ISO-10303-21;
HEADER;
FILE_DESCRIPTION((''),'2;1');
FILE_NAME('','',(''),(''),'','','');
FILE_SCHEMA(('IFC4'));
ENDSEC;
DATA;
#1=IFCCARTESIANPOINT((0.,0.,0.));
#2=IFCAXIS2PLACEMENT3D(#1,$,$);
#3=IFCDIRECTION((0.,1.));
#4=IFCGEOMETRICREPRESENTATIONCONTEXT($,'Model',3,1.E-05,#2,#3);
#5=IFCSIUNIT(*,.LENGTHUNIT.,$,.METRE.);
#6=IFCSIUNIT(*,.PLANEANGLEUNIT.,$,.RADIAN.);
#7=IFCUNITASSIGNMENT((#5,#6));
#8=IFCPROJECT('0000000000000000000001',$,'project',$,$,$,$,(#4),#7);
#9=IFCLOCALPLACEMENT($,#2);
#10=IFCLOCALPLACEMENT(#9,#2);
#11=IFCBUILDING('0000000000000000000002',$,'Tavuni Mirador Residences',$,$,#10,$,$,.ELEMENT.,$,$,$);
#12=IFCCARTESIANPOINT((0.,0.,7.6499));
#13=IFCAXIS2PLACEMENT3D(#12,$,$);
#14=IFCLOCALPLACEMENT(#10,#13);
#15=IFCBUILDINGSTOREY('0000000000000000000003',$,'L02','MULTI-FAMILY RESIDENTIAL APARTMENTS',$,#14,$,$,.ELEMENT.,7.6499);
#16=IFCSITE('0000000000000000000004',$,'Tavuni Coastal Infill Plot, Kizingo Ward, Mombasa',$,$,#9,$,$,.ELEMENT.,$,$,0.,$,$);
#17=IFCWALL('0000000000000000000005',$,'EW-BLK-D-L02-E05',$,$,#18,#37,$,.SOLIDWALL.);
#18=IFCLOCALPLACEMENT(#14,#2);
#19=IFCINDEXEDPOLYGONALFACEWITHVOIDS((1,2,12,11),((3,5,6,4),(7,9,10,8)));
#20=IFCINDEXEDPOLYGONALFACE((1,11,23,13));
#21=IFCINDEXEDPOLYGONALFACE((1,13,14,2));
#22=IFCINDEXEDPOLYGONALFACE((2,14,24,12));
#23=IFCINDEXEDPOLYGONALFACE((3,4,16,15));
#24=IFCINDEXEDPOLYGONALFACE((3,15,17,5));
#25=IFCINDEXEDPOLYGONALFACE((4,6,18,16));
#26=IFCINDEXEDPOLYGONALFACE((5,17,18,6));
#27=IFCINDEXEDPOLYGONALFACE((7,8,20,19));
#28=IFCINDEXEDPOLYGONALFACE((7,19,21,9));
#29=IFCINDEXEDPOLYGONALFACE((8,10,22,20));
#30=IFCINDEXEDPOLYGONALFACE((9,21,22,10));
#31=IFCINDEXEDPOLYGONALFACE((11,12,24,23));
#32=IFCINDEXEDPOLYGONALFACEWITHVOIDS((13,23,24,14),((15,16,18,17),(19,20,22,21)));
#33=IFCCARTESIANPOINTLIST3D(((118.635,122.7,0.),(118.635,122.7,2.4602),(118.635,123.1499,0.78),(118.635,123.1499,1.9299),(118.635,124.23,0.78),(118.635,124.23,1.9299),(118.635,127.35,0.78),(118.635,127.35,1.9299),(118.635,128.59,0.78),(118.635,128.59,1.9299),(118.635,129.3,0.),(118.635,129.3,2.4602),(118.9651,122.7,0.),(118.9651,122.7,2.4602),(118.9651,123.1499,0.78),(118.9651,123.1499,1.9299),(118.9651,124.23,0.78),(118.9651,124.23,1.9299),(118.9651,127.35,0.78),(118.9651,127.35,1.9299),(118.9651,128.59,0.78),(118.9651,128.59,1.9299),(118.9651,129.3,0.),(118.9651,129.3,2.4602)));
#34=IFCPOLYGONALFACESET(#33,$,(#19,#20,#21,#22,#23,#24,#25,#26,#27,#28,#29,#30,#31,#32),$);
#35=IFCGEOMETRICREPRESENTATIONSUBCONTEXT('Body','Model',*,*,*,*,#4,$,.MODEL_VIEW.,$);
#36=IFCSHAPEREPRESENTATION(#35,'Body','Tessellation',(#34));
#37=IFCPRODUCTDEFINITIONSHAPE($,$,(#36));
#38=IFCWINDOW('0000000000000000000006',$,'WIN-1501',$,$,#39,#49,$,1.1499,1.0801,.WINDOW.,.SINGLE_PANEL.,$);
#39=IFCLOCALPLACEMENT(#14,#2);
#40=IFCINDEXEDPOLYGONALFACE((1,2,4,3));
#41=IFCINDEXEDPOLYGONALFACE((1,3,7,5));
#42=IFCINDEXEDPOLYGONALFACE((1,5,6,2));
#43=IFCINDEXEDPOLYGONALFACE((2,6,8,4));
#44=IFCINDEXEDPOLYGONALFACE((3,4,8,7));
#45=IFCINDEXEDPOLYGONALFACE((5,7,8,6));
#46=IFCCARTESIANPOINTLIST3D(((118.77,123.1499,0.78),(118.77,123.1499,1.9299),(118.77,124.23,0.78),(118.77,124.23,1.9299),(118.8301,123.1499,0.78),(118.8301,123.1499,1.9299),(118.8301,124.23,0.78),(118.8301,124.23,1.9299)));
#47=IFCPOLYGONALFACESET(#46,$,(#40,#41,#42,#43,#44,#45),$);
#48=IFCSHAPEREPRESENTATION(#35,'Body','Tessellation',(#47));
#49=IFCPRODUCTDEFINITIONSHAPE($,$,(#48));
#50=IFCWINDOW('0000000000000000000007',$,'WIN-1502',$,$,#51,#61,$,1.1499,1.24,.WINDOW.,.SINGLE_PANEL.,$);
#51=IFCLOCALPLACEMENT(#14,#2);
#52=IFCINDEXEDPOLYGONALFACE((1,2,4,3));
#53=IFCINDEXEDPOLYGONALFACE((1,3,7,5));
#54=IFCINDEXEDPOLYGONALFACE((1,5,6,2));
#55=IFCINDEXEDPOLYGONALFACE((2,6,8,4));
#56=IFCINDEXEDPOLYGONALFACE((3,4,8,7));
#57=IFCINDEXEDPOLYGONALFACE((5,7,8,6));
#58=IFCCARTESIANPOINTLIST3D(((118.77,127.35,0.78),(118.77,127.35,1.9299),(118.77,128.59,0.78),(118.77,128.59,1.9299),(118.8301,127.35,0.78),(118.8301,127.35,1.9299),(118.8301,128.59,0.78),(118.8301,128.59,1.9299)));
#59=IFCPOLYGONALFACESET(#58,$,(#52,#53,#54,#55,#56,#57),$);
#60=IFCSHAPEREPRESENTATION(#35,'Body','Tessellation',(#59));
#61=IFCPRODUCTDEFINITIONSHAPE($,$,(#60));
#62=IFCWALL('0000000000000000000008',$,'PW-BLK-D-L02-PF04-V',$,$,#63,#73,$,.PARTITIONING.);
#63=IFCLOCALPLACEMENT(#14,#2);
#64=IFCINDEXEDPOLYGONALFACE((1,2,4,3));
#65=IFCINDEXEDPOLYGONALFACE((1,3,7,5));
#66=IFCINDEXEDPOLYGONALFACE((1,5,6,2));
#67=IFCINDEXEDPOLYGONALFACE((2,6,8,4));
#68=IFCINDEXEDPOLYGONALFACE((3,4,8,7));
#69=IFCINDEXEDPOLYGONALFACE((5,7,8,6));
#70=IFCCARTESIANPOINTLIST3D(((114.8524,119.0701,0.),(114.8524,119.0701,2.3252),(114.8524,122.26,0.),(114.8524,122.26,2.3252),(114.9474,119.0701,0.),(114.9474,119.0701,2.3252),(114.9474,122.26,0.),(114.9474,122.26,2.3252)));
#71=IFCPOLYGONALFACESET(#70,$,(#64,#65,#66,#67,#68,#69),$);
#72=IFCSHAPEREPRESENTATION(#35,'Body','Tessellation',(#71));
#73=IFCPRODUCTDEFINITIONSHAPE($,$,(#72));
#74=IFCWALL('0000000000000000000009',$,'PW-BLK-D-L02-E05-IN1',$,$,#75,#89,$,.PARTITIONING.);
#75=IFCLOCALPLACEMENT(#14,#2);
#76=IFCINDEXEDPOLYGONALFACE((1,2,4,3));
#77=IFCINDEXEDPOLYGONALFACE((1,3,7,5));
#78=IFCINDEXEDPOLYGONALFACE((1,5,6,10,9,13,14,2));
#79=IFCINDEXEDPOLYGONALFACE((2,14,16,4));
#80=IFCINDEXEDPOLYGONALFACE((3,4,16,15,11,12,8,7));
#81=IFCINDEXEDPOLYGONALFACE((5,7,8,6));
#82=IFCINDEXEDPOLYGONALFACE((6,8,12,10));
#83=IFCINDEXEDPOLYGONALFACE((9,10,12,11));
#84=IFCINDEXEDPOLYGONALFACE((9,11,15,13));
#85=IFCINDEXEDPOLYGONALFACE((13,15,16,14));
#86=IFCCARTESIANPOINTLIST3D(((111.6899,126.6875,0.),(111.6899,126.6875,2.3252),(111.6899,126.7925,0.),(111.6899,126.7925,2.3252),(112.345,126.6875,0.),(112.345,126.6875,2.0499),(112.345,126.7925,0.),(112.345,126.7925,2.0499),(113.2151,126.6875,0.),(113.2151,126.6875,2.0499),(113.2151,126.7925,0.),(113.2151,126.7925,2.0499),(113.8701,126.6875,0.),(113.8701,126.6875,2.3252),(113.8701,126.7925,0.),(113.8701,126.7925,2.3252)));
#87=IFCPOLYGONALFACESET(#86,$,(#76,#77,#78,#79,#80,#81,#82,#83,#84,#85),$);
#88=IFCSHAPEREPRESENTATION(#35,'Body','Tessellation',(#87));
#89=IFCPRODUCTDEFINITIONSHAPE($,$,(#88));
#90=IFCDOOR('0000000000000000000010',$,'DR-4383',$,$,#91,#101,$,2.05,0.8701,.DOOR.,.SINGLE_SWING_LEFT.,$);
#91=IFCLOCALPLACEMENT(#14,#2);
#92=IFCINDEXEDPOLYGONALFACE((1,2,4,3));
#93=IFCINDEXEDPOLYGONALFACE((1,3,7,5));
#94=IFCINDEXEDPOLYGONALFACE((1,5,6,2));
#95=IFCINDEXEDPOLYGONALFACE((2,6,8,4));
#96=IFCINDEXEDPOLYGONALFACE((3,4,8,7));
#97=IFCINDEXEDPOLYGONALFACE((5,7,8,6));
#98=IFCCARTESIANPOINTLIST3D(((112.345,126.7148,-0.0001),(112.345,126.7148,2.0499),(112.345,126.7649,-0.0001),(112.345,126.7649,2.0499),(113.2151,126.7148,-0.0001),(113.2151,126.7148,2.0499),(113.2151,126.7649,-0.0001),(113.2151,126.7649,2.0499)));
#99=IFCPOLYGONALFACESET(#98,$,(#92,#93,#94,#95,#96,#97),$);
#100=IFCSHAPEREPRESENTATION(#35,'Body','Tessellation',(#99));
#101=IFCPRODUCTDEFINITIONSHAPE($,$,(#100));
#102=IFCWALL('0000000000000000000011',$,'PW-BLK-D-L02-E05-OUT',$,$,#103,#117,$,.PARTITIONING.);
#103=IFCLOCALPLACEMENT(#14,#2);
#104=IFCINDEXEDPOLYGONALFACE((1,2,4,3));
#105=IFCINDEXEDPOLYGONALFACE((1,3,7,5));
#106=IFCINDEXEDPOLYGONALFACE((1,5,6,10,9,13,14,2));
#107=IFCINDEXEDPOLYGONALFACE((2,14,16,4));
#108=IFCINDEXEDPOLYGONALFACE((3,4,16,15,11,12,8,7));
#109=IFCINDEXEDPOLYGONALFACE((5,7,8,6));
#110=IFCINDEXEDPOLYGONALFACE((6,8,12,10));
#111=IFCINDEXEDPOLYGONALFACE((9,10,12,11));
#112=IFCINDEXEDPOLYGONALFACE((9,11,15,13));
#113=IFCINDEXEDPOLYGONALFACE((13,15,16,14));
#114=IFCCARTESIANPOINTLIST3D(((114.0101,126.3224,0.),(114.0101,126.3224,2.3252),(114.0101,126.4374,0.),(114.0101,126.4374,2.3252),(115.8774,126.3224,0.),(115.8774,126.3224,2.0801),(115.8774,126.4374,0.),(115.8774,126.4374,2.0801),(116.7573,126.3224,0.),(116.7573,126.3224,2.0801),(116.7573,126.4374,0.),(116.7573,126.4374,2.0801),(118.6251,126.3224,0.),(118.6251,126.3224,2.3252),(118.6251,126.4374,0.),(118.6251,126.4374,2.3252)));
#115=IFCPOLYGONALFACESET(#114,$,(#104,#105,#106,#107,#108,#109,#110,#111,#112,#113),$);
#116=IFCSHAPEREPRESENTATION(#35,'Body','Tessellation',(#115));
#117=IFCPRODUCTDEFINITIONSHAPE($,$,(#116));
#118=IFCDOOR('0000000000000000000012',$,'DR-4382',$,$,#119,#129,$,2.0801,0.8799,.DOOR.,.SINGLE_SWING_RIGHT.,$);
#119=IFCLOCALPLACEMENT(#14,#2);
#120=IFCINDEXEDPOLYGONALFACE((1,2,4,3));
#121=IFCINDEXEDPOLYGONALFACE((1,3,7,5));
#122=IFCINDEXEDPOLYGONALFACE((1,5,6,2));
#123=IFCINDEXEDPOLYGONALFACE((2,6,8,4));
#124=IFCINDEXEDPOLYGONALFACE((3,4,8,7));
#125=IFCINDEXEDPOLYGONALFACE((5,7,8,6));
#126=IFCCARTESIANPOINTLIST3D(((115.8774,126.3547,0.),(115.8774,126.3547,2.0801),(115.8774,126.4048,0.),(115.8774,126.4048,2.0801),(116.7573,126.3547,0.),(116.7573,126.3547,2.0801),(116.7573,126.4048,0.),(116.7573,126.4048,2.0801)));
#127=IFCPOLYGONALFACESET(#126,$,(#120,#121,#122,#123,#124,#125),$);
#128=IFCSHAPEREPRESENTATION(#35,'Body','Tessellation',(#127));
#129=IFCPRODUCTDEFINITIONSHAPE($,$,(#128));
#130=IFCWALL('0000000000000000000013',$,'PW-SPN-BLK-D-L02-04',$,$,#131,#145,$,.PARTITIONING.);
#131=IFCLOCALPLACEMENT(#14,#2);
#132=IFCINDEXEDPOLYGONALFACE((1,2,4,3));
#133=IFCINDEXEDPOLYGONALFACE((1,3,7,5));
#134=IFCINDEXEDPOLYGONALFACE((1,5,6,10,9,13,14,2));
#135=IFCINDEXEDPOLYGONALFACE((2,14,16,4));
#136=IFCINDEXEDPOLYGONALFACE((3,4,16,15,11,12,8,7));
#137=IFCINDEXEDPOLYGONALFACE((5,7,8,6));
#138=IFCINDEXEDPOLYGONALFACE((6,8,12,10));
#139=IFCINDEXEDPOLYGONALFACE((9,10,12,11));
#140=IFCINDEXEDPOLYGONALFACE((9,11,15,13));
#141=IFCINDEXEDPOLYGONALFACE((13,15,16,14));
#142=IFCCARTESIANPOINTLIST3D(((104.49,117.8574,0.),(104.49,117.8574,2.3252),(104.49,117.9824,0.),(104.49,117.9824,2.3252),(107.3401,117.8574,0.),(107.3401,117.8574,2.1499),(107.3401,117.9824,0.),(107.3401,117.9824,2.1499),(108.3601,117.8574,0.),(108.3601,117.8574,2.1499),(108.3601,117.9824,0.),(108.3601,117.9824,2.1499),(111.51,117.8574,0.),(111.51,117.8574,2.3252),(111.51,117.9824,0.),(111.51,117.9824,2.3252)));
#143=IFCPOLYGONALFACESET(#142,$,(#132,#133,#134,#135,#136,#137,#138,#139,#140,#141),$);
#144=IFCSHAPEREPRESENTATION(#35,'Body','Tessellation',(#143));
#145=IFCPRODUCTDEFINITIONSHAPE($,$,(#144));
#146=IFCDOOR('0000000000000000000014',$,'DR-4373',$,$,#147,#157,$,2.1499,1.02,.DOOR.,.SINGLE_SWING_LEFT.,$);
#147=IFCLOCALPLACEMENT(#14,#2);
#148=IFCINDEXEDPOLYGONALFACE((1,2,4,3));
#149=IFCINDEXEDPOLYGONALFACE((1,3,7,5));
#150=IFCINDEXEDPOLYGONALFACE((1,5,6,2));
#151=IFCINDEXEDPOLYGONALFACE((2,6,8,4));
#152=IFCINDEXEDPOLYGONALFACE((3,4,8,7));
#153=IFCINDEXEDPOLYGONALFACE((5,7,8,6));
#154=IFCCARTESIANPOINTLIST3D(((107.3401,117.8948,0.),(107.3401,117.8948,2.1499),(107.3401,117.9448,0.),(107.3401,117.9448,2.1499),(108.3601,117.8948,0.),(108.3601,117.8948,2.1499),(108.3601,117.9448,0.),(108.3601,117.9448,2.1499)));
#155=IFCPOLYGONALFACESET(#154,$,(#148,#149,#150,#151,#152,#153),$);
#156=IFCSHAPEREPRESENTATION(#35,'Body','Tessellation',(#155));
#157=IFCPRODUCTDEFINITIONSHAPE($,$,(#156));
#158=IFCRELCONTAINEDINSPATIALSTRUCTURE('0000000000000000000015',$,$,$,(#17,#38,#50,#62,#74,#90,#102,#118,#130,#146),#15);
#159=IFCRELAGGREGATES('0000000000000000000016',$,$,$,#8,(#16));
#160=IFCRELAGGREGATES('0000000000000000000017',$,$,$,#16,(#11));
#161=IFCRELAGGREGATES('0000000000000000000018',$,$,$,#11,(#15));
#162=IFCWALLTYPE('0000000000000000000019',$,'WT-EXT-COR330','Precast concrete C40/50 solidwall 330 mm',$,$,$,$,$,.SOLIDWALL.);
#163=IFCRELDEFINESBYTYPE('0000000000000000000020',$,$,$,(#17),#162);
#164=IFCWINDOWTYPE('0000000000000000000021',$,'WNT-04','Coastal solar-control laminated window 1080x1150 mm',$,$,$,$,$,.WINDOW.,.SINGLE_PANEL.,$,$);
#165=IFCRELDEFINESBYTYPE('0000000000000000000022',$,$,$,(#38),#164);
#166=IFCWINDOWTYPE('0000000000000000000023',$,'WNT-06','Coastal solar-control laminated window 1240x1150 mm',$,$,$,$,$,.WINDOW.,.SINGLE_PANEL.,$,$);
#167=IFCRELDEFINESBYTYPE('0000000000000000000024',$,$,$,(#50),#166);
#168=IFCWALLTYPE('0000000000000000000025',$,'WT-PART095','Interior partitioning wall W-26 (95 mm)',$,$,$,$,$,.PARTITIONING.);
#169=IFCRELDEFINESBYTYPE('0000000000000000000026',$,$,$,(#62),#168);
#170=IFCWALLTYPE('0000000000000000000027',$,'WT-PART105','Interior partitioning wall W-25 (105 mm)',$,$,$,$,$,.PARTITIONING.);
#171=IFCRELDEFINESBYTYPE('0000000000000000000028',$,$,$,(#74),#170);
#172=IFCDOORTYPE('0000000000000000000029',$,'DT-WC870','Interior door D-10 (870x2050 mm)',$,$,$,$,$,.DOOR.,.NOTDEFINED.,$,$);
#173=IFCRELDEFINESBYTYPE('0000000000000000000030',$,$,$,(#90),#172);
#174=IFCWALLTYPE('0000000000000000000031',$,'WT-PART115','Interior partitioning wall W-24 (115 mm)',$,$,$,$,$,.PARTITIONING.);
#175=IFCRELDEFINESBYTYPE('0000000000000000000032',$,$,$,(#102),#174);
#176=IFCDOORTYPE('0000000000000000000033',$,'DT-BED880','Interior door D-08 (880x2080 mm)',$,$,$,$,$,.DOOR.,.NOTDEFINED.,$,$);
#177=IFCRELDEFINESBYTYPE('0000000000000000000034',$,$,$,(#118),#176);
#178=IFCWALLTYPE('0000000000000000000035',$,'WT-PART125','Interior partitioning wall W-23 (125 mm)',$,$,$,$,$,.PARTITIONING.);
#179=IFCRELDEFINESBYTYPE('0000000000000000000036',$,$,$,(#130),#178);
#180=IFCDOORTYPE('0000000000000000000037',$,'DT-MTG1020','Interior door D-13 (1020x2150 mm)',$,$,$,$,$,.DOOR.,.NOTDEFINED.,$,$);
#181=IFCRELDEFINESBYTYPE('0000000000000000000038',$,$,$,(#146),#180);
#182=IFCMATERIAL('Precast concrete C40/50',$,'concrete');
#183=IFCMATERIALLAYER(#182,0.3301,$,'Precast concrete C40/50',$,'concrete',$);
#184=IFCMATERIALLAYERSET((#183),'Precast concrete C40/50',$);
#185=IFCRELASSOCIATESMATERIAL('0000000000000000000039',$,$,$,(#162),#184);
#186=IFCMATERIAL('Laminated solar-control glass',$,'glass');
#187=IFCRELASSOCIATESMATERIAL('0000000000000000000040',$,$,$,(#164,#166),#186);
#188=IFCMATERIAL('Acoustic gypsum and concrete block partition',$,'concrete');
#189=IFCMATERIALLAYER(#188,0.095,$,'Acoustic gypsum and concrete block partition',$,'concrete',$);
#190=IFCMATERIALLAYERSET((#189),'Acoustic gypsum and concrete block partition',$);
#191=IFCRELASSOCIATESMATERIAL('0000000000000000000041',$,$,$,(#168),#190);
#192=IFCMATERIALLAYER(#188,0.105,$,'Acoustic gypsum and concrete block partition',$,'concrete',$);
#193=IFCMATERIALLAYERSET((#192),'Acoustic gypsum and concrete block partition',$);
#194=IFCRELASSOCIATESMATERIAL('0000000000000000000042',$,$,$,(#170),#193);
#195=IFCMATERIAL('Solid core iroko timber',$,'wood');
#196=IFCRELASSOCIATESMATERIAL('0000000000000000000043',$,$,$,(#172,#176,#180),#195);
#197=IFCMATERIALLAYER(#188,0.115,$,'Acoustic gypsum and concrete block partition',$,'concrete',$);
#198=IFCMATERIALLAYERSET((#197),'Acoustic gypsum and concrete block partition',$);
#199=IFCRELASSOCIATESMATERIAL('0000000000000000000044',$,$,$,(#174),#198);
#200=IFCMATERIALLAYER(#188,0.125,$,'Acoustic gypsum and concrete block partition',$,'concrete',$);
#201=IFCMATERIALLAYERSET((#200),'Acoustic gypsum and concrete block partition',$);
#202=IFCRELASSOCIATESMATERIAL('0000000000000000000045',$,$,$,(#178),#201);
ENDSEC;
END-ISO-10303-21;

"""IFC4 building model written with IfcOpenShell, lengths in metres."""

from ifc_helpers import new_model, si_unit, direction, frame, frame_2d, origin, place, context, subcontext, project, spatial, rectangle, extrude, material, layer, layer_set, type_object, element, fill, save


model = new_model("IFC4")

# Units and contexts
model_context = context("Model", 3, precision=1e-05, world=origin(), true_north=direction((0.0, 1.0)))
body_context = subcontext(model_context, "Body", "Model", "MODEL_VIEW")
ifc_project = project(units=[si_unit("LENGTHUNIT", "METRE"), si_unit("PLANEANGLEUNIT", "RADIAN")], contexts=[model_context])

# Site, building, storey
site_placement = place(None, origin())
site = spatial("IfcSite", under=ifc_project, at=site_placement, Name="Tavuni Coastal Infill Plot, Kizingo Ward, Mombasa", CompositionType="ELEMENT", RefElevation=0.0)
building_placement = place(site_placement, origin())
building = spatial("IfcBuilding", under=site, at=building_placement, Name="Tavuni Mirador Residences", CompositionType="ELEMENT")
storey_placement = place(building_placement, frame((0.0, 0.0, 7.6499)))
storey = spatial("IfcBuildingStorey", under=building, at=storey_placement, Name="L02", Description="MULTI-FAMILY RESIDENTIAL APARTMENTS", CompositionType="ELEMENT", Elevation=7.6499)

# Shared definitions
ifc_material_1 = material(Name="Precast concrete C40/50", Category="concrete")

# Shared definitions
ifc_material_2 = material(Name="Solid core iroko timber", Category="wood")

# Wall, openings, windows
ifc_layer_1 = layer(ifc_material_1, 0.3301, Name="Precast concrete C40/50", Category="concrete")
ifc_layer_set_1 = layer_set([ifc_layer_1], Name="Precast concrete C40/50")
wall_type_1 = type_object("IfcWallType", Name="WT-EXT-COR330", Description="Precast concrete C40/50 solidwall 330 mm", PredefinedType="SOLIDWALL", material=ifc_layer_set_1)
wall_1_placement = place(storey_placement, frame((118.8, 122.7, 0.0), z_axis=(0.0, 0.0, 1.0), x_axis=(0.0, 1.0, 0.0)))
wall_1 = element("IfcWall", 1, at=wall_1_placement, inside=storey, type_object=wall_type_1, Name="EW-BLK-D-L02-E05", PredefinedType="SOLIDWALL", context=body_context, shape_type="SweptSolid", body=[
    extrude(rectangle(XDim=6.6001, YDim=0.3301, at=frame_2d((3.3, 0.0))), origin(), (0.0, 0.0, 1.0), 2.4602),
])
opening_1_placement = place(wall_1_placement, frame((0.45, 0.0, 0.78)))
opening_1 = element("IfcOpeningElement", 2, at=opening_1_placement, cuts=wall_1, PredefinedType="OPENING", context=body_context, shape_type="SweptSolid", body=[
    extrude(rectangle(XDim=1.0801, YDim=1.1499, at=frame_2d((0.54, 0.575))), frame((0.0, 0.175, 0.0), z_axis=(0.0, -1.0, 0.0), x_axis=(1.0, 0.0, 0.0)), (0.0, 0.0, 1.0), 0.3501),
])
opening_2_placement = place(wall_1_placement, frame((4.6499, 0.0, 0.78)))
opening_2 = element("IfcOpeningElement", 3, at=opening_2_placement, cuts=wall_1, PredefinedType="OPENING", context=body_context, shape_type="SweptSolid", body=[
    extrude(rectangle(XDim=1.24, YDim=1.1499, at=frame_2d((0.6201, 0.575))), frame((0.0, 0.175, 0.0), z_axis=(0.0, -1.0, 0.0), x_axis=(1.0, 0.0, 0.0)), (0.0, 0.0, 1.0), 0.3501),
])
ifc_material_3 = material(Name="Laminated solar-control glass", Category="glass")
window_type_1 = type_object("IfcWindowType", Name="WNT-04", Description="Coastal solar-control laminated window 1080x1150 mm", PartitioningType="SINGLE_PANEL", PredefinedType="WINDOW", material=ifc_material_3)
window_1_placement = place(opening_1_placement, origin())
window_1 = element("IfcWindow", 4, at=window_1_placement, inside=storey, type_object=window_type_1, Name="WIN-1501", OverallHeight=1.1499, OverallWidth=1.0801, PartitioningType="SINGLE_PANEL", PredefinedType="WINDOW", context=body_context, shape_type="SweptSolid", body=[
    extrude(rectangle(XDim=1.0801, YDim=1.1499, at=frame_2d((0.54, 0.575))), frame((0.0, 0.03, 0.0), z_axis=(0.0, -1.0, 0.0), x_axis=(1.0, 0.0, 0.0)), (0.0, 0.0, 1.0), 0.0601),
])
fill(opening_1, window_1)
window_type_2 = type_object("IfcWindowType", Name="WNT-06", Description="Coastal solar-control laminated window 1240x1150 mm", PartitioningType="SINGLE_PANEL", PredefinedType="WINDOW", material=ifc_material_3)
window_2_placement = place(opening_2_placement, origin())
window_2 = element("IfcWindow", 5, at=window_2_placement, inside=storey, type_object=window_type_2, Name="WIN-1502", OverallHeight=1.1499, OverallWidth=1.24, PartitioningType="SINGLE_PANEL", PredefinedType="WINDOW", context=body_context, shape_type="SweptSolid", body=[
    extrude(rectangle(XDim=1.24, YDim=1.1499, at=frame_2d((0.6201, 0.575))), frame((0.0, 0.03, 0.0), z_axis=(0.0, -1.0, 0.0), x_axis=(1.0, 0.0, 0.0)), (0.0, 0.0, 1.0), 0.0601),
])
fill(opening_2, window_2)

# Wall
ifc_material_4 = material(Name="Acoustic gypsum and concrete block partition", Category="concrete")
ifc_layer_2 = layer(ifc_material_4, 0.095, Name="Acoustic gypsum and concrete block partition", Category="concrete")
ifc_layer_set_2 = layer_set([ifc_layer_2], Name="Acoustic gypsum and concrete block partition")
wall_type_2 = type_object("IfcWallType", Name="WT-PART095", Description="Interior partitioning wall W-26 (95 mm)", PredefinedType="PARTITIONING", material=ifc_layer_set_2)
wall_2_placement = place(storey_placement, frame((114.8999, 119.0701, 0.0), z_axis=(0.0, 0.0, 1.0), x_axis=(0.0, 1.0, 0.0)))
element("IfcWall", 6, at=wall_2_placement, inside=storey, type_object=wall_type_2, Name="PW-BLK-D-L02-PF04-V", PredefinedType="PARTITIONING", context=body_context, shape_type="SweptSolid", body=[
    extrude(rectangle(XDim=3.1899, YDim=0.095, at=frame_2d((1.595, 0.0))), origin(), (0.0, 0.0, 1.0), 2.3252),
])

# Walls, openings, doors
ifc_layer_3 = layer(ifc_material_4, 0.105, Name="Acoustic gypsum and concrete block partition", Category="concrete")
ifc_layer_set_3 = layer_set([ifc_layer_3], Name="Acoustic gypsum and concrete block partition")
wall_type_3 = type_object("IfcWallType", Name="WT-PART105", Description="Interior partitioning wall W-25 (105 mm)", PredefinedType="PARTITIONING", material=ifc_layer_set_3)
wall_3_placement = place(storey_placement, frame((111.6899, 126.74, 0.0), z_axis=(0.0, 0.0, 1.0), x_axis=(1.0, 0.0, 0.0)))
wall_3 = element("IfcWall", 7, at=wall_3_placement, inside=storey, type_object=wall_type_3, Name="PW-BLK-D-L02-E05-IN1", PredefinedType="PARTITIONING", context=body_context, shape_type="SweptSolid", body=[
    extrude(rectangle(XDim=2.1802, YDim=0.105, at=frame_2d((1.0901, 0.0))), origin(), (0.0, 0.0, 1.0), 2.3252),
])
opening_3_placement = place(wall_3_placement, frame((0.655, 0.0, 0.0)))
opening_3 = element("IfcOpeningElement", 8, at=opening_3_placement, cuts=wall_3, PredefinedType="OPENING", context=body_context, shape_type="SweptSolid", body=[
    extrude(rectangle(XDim=0.8701, YDim=2.05, at=frame_2d((0.4351, 1.0249))), frame((0.0, 0.0625, 0.0), z_axis=(0.0, -1.0, 0.0), x_axis=(1.0, 0.0, 0.0)), (0.0, 0.0, 1.0), 0.125),
])
door_type_1 = type_object("IfcDoorType", Name="DT-WC870", Description="Interior door D-10 (870x2050 mm)", OperationType="NOTDEFINED", PredefinedType="DOOR", material=ifc_material_2)
door_1_placement = place(opening_3_placement, origin())
door_1 = element("IfcDoor", 9, at=door_1_placement, inside=storey, type_object=door_type_1, Name="DR-4383", OperationType="SINGLE_SWING_LEFT", OverallHeight=2.05, OverallWidth=0.8701, PredefinedType="DOOR", context=body_context, shape_type="SweptSolid", body=[
    extrude(rectangle(XDim=0.8701, YDim=2.05, at=frame_2d((0.4351, 1.0249))), frame((0.0, 0.0249, 0.0), z_axis=(0.0, -1.0, 0.0), x_axis=(1.0, 0.0, 0.0)), (0.0, 0.0, 1.0), 0.05),
])
fill(opening_3, door_1)
ifc_layer_4 = layer(ifc_material_4, 0.115, Name="Acoustic gypsum and concrete block partition", Category="concrete")
ifc_layer_set_4 = layer_set([ifc_layer_4], Name="Acoustic gypsum and concrete block partition")
wall_type_4 = type_object("IfcWallType", Name="WT-PART115", Description="Interior partitioning wall W-24 (115 mm)", PredefinedType="PARTITIONING", material=ifc_layer_set_4)
wall_4_placement = place(storey_placement, frame((114.01, 126.3799, 0.0), z_axis=(0.0, 0.0, 1.0), x_axis=(1.0, 0.0, 0.0)))
wall_4 = element("IfcWall", 10, at=wall_4_placement, inside=storey, type_object=wall_type_4, Name="PW-BLK-D-L02-E05-OUT", PredefinedType="PARTITIONING", context=body_context, shape_type="SweptSolid", body=[
    extrude(rectangle(XDim=4.615, YDim=0.115, at=frame_2d((2.3076, 0.0))), origin(), (0.0, 0.0, 1.0), 2.3252),
])
opening_4_placement = place(wall_4_placement, frame((1.8674, 0.0, 0.0)))
opening_4 = element("IfcOpeningElement", 11, at=opening_4_placement, cuts=wall_4, PredefinedType="OPENING", context=body_context, shape_type="SweptSolid", body=[
    extrude(rectangle(XDim=0.8799, YDim=2.0801, at=frame_2d((0.4399, 1.04))), frame((0.0, 0.0674, 0.0), z_axis=(0.0, -1.0, 0.0), x_axis=(1.0, 0.0, 0.0)), (0.0, 0.0, 1.0), 0.135),
])
door_type_2 = type_object("IfcDoorType", Name="DT-BED880", Description="Interior door D-08 (880x2080 mm)", OperationType="NOTDEFINED", PredefinedType="DOOR", material=ifc_material_2)
door_2_placement = place(opening_4_placement, origin())
door_2 = element("IfcDoor", 12, at=door_2_placement, inside=storey, type_object=door_type_2, Name="DR-4382", OperationType="SINGLE_SWING_RIGHT", OverallHeight=2.0801, OverallWidth=0.8799, PredefinedType="DOOR", context=body_context, shape_type="SweptSolid", body=[
    extrude(rectangle(XDim=0.8799, YDim=2.0801, at=frame_2d((0.4399, 1.04))), frame((0.0, 0.0249, 0.0), z_axis=(0.0, -1.0, 0.0), x_axis=(1.0, 0.0, 0.0)), (0.0, 0.0, 1.0), 0.05),
])
fill(opening_4, door_2)
ifc_layer_5 = layer(ifc_material_4, 0.125, Name="Acoustic gypsum and concrete block partition", Category="concrete")
ifc_layer_set_5 = layer_set([ifc_layer_5], Name="Acoustic gypsum and concrete block partition")
wall_type_5 = type_object("IfcWallType", Name="WT-PART125", Description="Interior partitioning wall W-23 (125 mm)", PredefinedType="PARTITIONING", material=ifc_layer_set_5)
wall_5_placement = place(storey_placement, frame((104.49, 117.9199, 0.0), z_axis=(0.0, 0.0, 1.0), x_axis=(1.0, 0.0, 0.0)))
wall_5 = element("IfcWall", 13, at=wall_5_placement, inside=storey, type_object=wall_type_5, Name="PW-SPN-BLK-D-L02-04", PredefinedType="PARTITIONING", context=body_context, shape_type="SweptSolid", body=[
    extrude(rectangle(XDim=7.02, YDim=0.125, at=frame_2d((3.51, 0.0))), origin(), (0.0, 0.0, 1.0), 2.3252),
])
opening_5_placement = place(wall_5_placement, frame((2.8501, 0.0, 0.0)))
opening_5 = element("IfcOpeningElement", 14, at=opening_5_placement, cuts=wall_5, PredefinedType="OPENING", context=body_context, shape_type="SweptSolid", body=[
    extrude(rectangle(XDim=1.02, YDim=2.1499, at=frame_2d((0.51, 1.075))), frame((0.0, 0.0725, 0.0), z_axis=(0.0, -1.0, 0.0), x_axis=(1.0, 0.0, 0.0)), (0.0, 0.0, 1.0), 0.145),
])
door_type_3 = type_object("IfcDoorType", Name="DT-MTG1020", Description="Interior door D-13 (1020x2150 mm)", OperationType="NOTDEFINED", PredefinedType="DOOR", material=ifc_material_2)
door_3_placement = place(opening_5_placement, origin())
door_3 = element("IfcDoor", 15, at=door_3_placement, inside=storey, type_object=door_type_3, Name="DR-4373", OperationType="SINGLE_SWING_LEFT", OverallHeight=2.1499, OverallWidth=1.02, PredefinedType="DOOR", context=body_context, shape_type="SweptSolid", body=[
    extrude(rectangle(XDim=1.02, YDim=2.1499, at=frame_2d((0.51, 1.075))), frame((0.0, 0.0249, 0.0), z_axis=(0.0, -1.0, 0.0), x_axis=(1.0, 0.0, 0.0)), (0.0, 0.0, 1.0), 0.05),
])
fill(opening_5, door_3)

save(model, "model.ifc")
